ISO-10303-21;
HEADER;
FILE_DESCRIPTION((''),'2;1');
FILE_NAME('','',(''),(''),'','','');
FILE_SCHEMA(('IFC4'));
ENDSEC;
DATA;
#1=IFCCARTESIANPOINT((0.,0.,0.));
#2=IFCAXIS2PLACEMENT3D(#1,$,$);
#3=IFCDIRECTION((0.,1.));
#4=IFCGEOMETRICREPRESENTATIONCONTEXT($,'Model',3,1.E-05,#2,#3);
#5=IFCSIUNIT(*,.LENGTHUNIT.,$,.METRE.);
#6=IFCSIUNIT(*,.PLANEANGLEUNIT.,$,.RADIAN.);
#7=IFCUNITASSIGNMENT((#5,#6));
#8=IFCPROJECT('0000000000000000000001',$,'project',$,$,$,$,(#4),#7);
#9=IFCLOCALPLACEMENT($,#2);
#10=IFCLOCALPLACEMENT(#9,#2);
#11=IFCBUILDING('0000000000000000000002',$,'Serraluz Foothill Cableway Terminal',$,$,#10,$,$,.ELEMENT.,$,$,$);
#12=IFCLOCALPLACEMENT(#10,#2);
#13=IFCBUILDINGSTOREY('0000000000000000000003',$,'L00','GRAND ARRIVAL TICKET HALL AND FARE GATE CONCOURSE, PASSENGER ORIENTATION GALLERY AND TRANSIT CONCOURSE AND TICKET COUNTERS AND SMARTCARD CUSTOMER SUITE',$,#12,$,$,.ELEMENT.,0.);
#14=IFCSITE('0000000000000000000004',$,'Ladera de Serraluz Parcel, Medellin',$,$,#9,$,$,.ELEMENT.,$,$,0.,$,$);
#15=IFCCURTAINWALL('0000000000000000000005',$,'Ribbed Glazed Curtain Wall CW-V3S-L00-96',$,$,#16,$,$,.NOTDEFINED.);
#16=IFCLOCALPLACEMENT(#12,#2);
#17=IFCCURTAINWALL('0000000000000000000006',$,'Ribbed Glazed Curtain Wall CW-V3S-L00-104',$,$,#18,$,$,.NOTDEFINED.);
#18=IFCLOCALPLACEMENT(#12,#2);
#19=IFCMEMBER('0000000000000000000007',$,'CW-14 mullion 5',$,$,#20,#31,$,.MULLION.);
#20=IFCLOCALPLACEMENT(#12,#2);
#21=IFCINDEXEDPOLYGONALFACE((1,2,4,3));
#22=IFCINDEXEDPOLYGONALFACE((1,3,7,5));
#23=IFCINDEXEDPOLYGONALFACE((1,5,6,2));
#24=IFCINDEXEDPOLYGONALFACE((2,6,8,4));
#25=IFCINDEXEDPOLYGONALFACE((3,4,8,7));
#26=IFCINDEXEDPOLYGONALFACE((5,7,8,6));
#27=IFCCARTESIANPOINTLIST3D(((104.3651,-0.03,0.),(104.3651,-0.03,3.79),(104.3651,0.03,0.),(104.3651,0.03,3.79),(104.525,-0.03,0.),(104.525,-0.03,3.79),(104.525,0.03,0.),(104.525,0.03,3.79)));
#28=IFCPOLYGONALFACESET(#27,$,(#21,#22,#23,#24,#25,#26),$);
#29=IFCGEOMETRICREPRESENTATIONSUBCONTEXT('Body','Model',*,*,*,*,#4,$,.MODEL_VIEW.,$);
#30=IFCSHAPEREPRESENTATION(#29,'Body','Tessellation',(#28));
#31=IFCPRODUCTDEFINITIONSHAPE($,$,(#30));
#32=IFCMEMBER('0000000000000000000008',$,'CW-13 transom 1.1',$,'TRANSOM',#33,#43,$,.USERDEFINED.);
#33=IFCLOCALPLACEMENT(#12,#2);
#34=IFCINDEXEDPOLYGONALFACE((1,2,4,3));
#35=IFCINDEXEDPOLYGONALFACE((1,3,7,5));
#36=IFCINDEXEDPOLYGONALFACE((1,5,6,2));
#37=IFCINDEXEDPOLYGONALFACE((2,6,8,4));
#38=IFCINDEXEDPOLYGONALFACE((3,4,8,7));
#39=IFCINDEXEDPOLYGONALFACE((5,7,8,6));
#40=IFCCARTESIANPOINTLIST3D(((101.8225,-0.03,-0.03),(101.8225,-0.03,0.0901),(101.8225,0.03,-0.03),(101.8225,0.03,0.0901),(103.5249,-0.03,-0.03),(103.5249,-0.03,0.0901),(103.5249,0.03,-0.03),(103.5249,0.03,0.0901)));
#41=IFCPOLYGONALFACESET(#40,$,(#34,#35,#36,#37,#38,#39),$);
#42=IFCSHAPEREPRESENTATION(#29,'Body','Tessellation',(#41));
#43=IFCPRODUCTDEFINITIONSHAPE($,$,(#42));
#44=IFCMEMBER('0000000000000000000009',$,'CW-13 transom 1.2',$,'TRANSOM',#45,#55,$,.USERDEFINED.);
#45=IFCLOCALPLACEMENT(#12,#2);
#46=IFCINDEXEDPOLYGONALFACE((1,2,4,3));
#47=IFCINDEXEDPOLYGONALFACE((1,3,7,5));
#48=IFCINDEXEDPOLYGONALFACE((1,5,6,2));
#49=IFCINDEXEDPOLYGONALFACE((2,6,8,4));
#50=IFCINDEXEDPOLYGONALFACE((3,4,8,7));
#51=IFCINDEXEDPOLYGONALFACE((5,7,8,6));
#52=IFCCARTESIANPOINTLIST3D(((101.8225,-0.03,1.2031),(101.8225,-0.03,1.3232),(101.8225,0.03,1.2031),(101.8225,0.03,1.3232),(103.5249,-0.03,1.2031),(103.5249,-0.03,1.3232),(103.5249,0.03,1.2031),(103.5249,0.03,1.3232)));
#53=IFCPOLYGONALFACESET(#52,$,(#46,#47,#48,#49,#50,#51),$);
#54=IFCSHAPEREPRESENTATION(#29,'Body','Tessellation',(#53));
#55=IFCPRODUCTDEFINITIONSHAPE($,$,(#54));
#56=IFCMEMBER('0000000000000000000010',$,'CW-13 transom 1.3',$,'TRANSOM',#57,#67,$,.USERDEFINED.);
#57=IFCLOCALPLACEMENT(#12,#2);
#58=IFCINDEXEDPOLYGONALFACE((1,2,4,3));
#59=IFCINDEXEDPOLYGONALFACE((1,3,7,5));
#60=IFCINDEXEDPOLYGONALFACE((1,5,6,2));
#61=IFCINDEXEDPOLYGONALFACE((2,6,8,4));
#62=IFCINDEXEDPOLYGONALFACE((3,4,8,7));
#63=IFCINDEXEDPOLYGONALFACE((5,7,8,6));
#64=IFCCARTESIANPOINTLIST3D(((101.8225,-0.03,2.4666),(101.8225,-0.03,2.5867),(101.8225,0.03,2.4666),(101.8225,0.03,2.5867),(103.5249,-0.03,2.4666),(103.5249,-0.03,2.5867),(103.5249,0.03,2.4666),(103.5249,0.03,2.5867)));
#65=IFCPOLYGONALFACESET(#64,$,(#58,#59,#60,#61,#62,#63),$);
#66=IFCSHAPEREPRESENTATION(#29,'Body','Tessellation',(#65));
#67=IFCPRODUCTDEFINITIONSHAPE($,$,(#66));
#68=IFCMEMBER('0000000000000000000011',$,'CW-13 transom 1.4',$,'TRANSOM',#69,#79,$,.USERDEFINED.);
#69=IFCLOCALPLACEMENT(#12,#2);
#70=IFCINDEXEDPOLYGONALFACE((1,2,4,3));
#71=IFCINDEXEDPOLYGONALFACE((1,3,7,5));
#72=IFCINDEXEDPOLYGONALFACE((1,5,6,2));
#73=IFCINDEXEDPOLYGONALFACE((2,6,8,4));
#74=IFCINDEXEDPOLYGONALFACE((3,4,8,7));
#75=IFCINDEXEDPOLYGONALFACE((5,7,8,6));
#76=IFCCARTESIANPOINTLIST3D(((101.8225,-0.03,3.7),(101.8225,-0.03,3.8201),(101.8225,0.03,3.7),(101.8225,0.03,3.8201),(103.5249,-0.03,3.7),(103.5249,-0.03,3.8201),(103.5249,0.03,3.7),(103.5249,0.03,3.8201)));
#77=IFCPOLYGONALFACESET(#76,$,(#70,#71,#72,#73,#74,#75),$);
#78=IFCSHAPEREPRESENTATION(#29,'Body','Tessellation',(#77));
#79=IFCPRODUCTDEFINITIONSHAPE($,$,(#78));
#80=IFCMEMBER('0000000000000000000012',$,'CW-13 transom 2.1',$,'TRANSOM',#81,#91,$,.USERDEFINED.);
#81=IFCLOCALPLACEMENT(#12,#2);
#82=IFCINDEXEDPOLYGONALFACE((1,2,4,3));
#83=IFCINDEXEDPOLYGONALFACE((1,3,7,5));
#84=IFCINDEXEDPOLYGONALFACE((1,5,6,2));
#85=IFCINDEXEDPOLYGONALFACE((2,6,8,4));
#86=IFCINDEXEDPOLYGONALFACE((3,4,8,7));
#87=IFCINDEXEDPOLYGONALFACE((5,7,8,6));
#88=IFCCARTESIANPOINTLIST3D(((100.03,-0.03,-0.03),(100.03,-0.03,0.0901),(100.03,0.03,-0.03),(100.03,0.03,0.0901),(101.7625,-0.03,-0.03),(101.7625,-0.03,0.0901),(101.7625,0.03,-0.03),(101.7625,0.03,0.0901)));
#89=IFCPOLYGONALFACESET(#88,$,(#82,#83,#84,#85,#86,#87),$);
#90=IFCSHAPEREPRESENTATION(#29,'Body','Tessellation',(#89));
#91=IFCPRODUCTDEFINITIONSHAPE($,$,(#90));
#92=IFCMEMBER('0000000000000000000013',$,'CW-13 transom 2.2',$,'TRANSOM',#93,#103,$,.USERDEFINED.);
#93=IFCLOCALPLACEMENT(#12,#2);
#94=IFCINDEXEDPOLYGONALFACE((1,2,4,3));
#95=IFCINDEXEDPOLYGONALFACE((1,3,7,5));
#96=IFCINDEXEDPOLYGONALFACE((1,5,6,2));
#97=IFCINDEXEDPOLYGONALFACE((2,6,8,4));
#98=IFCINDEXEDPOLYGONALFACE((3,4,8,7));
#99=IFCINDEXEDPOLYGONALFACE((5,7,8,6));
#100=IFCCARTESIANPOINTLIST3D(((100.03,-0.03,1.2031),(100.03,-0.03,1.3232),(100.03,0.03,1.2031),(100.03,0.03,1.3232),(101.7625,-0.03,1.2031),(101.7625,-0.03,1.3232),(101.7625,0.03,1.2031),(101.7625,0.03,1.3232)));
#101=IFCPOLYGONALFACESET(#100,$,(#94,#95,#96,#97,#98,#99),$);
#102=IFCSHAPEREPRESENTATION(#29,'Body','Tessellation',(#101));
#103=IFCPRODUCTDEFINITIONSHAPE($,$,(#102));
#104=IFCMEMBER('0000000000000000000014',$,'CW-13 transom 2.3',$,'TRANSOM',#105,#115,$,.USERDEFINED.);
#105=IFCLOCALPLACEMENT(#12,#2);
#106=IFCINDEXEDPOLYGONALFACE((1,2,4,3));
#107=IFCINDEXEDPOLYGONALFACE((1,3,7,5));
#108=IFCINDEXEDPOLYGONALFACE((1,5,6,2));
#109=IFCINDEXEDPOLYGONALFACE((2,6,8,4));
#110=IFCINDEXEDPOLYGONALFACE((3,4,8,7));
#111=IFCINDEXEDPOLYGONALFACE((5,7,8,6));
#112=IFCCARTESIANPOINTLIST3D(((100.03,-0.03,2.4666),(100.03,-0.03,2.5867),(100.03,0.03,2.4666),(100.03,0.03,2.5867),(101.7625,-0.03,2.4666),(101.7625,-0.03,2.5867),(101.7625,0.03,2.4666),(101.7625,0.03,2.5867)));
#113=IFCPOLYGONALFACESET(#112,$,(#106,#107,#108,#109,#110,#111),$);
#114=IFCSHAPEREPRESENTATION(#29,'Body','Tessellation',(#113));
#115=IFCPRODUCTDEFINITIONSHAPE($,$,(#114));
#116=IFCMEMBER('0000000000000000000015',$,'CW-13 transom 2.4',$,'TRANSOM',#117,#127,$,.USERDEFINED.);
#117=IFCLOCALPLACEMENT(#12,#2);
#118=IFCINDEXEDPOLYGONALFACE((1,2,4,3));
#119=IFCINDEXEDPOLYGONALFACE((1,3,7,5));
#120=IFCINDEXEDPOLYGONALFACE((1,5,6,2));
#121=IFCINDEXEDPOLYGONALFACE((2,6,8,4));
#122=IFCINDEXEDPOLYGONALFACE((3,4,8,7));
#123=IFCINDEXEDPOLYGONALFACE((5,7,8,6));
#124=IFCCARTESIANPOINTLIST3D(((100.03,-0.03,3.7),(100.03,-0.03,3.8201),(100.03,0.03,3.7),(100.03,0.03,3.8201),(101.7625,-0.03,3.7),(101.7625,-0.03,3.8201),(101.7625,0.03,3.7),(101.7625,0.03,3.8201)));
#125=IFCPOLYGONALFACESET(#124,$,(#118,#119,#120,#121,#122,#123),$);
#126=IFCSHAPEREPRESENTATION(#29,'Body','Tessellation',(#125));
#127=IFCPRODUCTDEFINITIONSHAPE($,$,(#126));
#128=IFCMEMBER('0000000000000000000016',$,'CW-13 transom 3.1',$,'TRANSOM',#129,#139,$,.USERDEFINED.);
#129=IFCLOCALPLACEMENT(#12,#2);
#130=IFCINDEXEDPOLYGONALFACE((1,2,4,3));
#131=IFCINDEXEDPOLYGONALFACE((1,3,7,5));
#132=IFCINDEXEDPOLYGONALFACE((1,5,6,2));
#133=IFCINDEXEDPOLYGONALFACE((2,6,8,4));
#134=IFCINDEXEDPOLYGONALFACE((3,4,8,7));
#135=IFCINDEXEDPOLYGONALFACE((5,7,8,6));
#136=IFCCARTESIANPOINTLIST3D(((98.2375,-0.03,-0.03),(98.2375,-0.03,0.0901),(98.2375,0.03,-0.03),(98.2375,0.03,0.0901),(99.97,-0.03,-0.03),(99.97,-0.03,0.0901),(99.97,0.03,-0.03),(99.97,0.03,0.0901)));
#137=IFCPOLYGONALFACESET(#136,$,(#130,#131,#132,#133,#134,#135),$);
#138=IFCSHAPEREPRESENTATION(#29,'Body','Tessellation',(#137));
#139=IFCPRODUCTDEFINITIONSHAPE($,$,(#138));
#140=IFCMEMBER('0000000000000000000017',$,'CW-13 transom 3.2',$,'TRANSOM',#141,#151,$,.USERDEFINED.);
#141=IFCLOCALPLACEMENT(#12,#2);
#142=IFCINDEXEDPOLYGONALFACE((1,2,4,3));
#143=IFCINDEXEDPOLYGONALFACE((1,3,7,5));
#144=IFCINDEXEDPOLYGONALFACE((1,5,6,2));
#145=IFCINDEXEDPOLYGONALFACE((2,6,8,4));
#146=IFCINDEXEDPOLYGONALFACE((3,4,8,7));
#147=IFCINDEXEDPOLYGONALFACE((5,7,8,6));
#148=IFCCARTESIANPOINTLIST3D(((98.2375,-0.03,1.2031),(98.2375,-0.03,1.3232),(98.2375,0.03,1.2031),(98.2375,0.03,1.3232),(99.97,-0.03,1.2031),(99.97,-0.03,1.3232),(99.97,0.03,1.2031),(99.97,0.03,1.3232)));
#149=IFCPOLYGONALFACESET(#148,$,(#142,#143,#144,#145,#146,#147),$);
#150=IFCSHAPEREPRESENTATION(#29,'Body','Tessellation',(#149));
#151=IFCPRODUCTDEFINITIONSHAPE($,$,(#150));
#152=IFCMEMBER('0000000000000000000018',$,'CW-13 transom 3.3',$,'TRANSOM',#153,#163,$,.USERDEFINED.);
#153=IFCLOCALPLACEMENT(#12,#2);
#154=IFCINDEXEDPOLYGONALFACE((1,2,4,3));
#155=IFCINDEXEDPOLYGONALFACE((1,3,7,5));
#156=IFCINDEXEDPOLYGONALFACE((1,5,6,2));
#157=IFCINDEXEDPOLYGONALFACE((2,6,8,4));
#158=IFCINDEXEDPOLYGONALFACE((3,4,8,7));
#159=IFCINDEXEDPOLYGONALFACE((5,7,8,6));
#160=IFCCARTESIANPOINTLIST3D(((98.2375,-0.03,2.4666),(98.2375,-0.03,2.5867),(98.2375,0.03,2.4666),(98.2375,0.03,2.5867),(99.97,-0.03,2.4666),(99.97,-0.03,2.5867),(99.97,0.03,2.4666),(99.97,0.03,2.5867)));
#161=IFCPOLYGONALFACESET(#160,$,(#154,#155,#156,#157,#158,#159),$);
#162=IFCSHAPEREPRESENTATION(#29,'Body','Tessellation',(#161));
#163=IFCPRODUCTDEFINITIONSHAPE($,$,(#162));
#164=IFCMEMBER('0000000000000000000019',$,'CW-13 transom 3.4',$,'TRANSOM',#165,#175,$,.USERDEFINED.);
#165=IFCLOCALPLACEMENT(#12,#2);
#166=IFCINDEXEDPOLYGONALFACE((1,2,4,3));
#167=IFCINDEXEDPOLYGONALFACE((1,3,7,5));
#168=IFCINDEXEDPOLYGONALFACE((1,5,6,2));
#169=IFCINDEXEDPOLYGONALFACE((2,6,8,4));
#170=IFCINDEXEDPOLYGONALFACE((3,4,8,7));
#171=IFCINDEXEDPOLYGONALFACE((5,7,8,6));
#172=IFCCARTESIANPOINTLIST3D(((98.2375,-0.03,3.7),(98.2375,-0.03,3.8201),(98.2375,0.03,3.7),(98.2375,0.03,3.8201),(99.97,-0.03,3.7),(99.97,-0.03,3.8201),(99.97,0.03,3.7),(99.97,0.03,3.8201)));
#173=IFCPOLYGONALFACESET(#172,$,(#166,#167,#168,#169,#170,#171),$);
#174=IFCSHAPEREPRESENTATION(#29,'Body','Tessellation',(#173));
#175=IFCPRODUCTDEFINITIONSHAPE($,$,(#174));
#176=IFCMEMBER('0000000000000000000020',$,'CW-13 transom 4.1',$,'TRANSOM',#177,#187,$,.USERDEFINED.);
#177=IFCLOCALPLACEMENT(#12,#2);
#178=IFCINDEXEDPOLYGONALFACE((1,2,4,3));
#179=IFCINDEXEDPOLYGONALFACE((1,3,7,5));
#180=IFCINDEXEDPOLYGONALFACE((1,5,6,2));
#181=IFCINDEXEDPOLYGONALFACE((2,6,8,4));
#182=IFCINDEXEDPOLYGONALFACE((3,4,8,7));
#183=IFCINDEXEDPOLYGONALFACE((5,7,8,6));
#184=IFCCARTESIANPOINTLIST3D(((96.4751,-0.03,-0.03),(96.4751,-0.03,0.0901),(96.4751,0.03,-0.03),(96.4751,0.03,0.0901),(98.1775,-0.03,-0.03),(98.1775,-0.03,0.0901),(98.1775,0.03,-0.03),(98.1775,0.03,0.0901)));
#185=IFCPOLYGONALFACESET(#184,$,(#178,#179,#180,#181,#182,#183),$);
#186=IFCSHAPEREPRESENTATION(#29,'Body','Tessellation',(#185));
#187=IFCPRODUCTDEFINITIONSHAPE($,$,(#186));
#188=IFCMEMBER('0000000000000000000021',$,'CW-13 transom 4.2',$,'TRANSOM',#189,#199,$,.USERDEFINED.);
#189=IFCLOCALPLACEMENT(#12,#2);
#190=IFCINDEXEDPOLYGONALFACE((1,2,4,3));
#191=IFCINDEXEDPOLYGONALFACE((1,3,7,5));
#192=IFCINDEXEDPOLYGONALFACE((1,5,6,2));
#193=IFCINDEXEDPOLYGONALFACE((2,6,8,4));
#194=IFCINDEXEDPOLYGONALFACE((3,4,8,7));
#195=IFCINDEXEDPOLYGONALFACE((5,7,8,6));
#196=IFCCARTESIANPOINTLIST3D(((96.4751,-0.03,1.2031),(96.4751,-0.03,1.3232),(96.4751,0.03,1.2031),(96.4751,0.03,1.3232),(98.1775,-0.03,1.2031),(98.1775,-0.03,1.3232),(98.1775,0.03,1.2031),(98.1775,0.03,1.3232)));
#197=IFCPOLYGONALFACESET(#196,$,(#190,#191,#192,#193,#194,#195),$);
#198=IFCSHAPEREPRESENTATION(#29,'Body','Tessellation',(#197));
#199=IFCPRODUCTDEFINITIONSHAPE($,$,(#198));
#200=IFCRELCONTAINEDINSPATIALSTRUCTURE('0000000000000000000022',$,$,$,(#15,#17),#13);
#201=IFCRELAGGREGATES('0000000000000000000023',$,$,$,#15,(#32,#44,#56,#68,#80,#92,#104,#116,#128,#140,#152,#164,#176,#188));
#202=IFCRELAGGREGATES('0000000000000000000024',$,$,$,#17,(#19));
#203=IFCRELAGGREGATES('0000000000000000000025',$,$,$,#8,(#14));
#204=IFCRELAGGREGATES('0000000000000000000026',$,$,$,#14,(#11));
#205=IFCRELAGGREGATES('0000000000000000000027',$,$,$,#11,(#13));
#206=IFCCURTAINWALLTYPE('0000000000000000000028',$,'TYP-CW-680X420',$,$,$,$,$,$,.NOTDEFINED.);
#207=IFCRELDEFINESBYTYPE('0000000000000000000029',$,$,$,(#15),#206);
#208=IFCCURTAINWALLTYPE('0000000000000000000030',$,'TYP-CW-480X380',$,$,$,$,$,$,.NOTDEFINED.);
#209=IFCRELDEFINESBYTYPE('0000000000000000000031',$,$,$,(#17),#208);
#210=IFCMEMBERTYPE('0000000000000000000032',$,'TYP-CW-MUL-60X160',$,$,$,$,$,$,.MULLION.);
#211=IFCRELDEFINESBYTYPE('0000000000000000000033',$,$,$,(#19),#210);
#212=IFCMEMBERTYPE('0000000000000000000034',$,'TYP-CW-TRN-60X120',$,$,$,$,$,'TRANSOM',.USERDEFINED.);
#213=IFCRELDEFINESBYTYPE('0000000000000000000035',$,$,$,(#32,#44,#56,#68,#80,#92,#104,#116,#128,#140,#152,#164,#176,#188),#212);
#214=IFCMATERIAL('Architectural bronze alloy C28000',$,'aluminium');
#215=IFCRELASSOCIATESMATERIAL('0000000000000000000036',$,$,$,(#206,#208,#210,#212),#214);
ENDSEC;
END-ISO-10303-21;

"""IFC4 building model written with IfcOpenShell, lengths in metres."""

from ifc_helpers import new_model, si_unit, direction, frame, origin, origin_2d, place, context, subcontext, project, spatial, rectangle, extrude, material, material_profile, profile_set, type_object, element, aggregate, save


model = new_model("IFC4")

# Units and contexts
model_context = context("Model", 3, precision=1e-05, world=origin(), true_north=direction((0.0, 1.0)))
body_context = subcontext(model_context, "Body", "Model", "MODEL_VIEW")
ifc_project = project(units=[si_unit("LENGTHUNIT", "METRE"), si_unit("PLANEANGLEUNIT", "RADIAN")], contexts=[model_context])

# Site, building, storey
site_placement = place(None, origin())
site = spatial("IfcSite", under=ifc_project, at=site_placement, Name="Ladera de Serraluz Parcel, Medellin", CompositionType="ELEMENT", RefElevation=0.0)
building_placement = place(site_placement, origin())
building = spatial("IfcBuilding", under=site, at=building_placement, Name="Serraluz Foothill Cableway Terminal", CompositionType="ELEMENT")
storey_placement = place(building_placement, origin())
storey = spatial("IfcBuildingStorey", under=building, at=storey_placement, Name="L00", Description="GRAND ARRIVAL TICKET HALL AND FARE GATE CONCOURSE, PASSENGER ORIENTATION GALLERY AND TRANSIT CONCOURSE AND TICKET COUNTERS AND SMARTCARD CUSTOMER SUITE", CompositionType="ELEMENT", Elevation=0.0)

# Curtain wall
ifc_material_1 = material(Name="Architectural bronze alloy C28000", Category="aluminium")
curtain_wall_type_1 = type_object("IfcCurtainWallType", Name="TYP-CW-680X420", PredefinedType="NOTDEFINED", material=ifc_material_1)
curtain_wall_1_placement = place(storey_placement, origin())
curtain_wall_1 = element("IfcCurtainWall", 1, at=curtain_wall_1_placement, inside=storey, type_object=curtain_wall_type_1, Name="Ribbed Glazed Curtain Wall CW-V3S-L00-96", PredefinedType="NOTDEFINED")
ifc_material_profile_1 = material_profile(ifc_material_1, rectangle(XDim=0.0601, YDim=0.1599, at=origin_2d()), Name="ALU MULLION 60x160")
ifc_profile_set_1 = profile_set([ifc_material_profile_1], Name="Architectural bronze alloy C28000")
member_type_1 = type_object("IfcMemberType", Name="TYP-CW-MUL-60X160", PredefinedType="MULLION", material=ifc_profile_set_1)

# Curtain wall, member
curtain_wall_type_2 = type_object("IfcCurtainWallType", Name="TYP-CW-480X380", PredefinedType="NOTDEFINED", material=ifc_material_1)
curtain_wall_2_placement = place(storey_placement, origin())
curtain_wall_2 = element("IfcCurtainWall", 2, at=curtain_wall_2_placement, inside=storey, type_object=curtain_wall_type_2, Name="Ribbed Glazed Curtain Wall CW-V3S-L00-104", PredefinedType="NOTDEFINED")
member_1_placement = place(storey_placement, frame((104.4451, 0.0, 0.0), z_axis=(0.0, 0.0, 1.0), x_axis=(0.0, -1.0, 0.0)))
member_1 = element("IfcMember", 3, at=member_1_placement, type_object=member_type_1, Name="CW-14 mullion 5", PredefinedType="MULLION", context=body_context, shape_type="SweptSolid", body=[
    extrude(rectangle(XDim=0.0601, YDim=0.1599, at=origin_2d()), origin(), (0.0, 0.0, 1.0), 3.79),
])

# Members
ifc_material_profile_2 = material_profile(ifc_material_1, rectangle(XDim=0.0601, YDim=0.1201, at=origin_2d()), Name="ALU TRANSOM 60x120")
ifc_profile_set_2 = profile_set([ifc_material_profile_2], Name="Architectural bronze alloy C28000")
member_type_2 = type_object("IfcMemberType", Name="TYP-CW-TRN-60X120", ElementType="TRANSOM", PredefinedType="USERDEFINED", material=ifc_profile_set_2)
member_2_placement = place(storey_placement, frame((103.5249, 0.0, 0.03), z_axis=(-1.0, 0.0, 0.0), x_axis=(0.0, -1.0, 0.0)))
member_2 = element("IfcMember", 4, at=member_2_placement, type_object=member_type_2, Name="CW-13 transom 1.1", ObjectType="TRANSOM", PredefinedType="USERDEFINED", context=body_context, shape_type="SweptSolid", body=[
    extrude(rectangle(XDim=0.0601, YDim=0.1201, at=origin_2d()), origin(), (0.0, 0.0, 1.0), 1.7024),
])
member_3_placement = place(storey_placement, frame((103.5249, 0.0, 1.2632), z_axis=(-1.0, 0.0, 0.0), x_axis=(0.0, -1.0, 0.0)))
member_3 = element("IfcMember", 5, at=member_3_placement, type_object=member_type_2, Name="CW-13 transom 1.2", ObjectType="TRANSOM", PredefinedType="USERDEFINED", context=body_context, shape_type="SweptSolid", body=[
    extrude(rectangle(XDim=0.0601, YDim=0.1201, at=origin_2d()), origin(), (0.0, 0.0, 1.0), 1.7024),
])
member_4_placement = place(storey_placement, frame((103.5249, 0.0, 2.5266), z_axis=(-1.0, 0.0, 0.0), x_axis=(0.0, -1.0, 0.0)))
member_4 = element("IfcMember", 6, at=member_4_placement, type_object=member_type_2, Name="CW-13 transom 1.3", ObjectType="TRANSOM", PredefinedType="USERDEFINED", context=body_context, shape_type="SweptSolid", body=[
    extrude(rectangle(XDim=0.0601, YDim=0.1201, at=origin_2d()), origin(), (0.0, 0.0, 1.0), 1.7024),
])
member_5_placement = place(storey_placement, frame((103.5249, 0.0, 3.76), z_axis=(-1.0, 0.0, 0.0), x_axis=(0.0, -1.0, 0.0)))
member_5 = element("IfcMember", 7, at=member_5_placement, type_object=member_type_2, Name="CW-13 transom 1.4", ObjectType="TRANSOM", PredefinedType="USERDEFINED", context=body_context, shape_type="SweptSolid", body=[
    extrude(rectangle(XDim=0.0601, YDim=0.1201, at=origin_2d()), origin(), (0.0, 0.0, 1.0), 1.7024),
])
member_6_placement = place(storey_placement, frame((101.7625, 0.0, 0.03), z_axis=(-1.0, 0.0, 0.0), x_axis=(0.0, -1.0, 0.0)))
member_6 = element("IfcMember", 8, at=member_6_placement, type_object=member_type_2, Name="CW-13 transom 2.1", ObjectType="TRANSOM", PredefinedType="USERDEFINED", context=body_context, shape_type="SweptSolid", body=[
    extrude(rectangle(XDim=0.0601, YDim=0.1201, at=origin_2d()), origin(), (0.0, 0.0, 1.0), 1.7324),
])
member_7_placement = place(storey_placement, frame((101.7625, 0.0, 1.2632), z_axis=(-1.0, 0.0, 0.0), x_axis=(0.0, -1.0, 0.0)))
member_7 = element("IfcMember", 9, at=member_7_placement, type_object=member_type_2, Name="CW-13 transom 2.2", ObjectType="TRANSOM", PredefinedType="USERDEFINED", context=body_context, shape_type="SweptSolid", body=[
    extrude(rectangle(XDim=0.0601, YDim=0.1201, at=origin_2d()), origin(), (0.0, 0.0, 1.0), 1.7324),
])
member_8_placement = place(storey_placement, frame((101.7625, 0.0, 2.5266), z_axis=(-1.0, 0.0, 0.0), x_axis=(0.0, -1.0, 0.0)))
member_8 = element("IfcMember", 10, at=member_8_placement, type_object=member_type_2, Name="CW-13 transom 2.3", ObjectType="TRANSOM", PredefinedType="USERDEFINED", context=body_context, shape_type="SweptSolid", body=[
    extrude(rectangle(XDim=0.0601, YDim=0.1201, at=origin_2d()), origin(), (0.0, 0.0, 1.0), 1.7324),
])
member_9_placement = place(storey_placement, frame((101.7625, 0.0, 3.76), z_axis=(-1.0, 0.0, 0.0), x_axis=(0.0, -1.0, 0.0)))
member_9 = element("IfcMember", 11, at=member_9_placement, type_object=member_type_2, Name="CW-13 transom 2.4", ObjectType="TRANSOM", PredefinedType="USERDEFINED", context=body_context, shape_type="SweptSolid", body=[
    extrude(rectangle(XDim=0.0601, YDim=0.1201, at=origin_2d()), origin(), (0.0, 0.0, 1.0), 1.7324),
])
member_10_placement = place(storey_placement, frame((99.97, 0.0, 0.03), z_axis=(-1.0, 0.0, 0.0), x_axis=(0.0, -1.0, 0.0)))
member_10 = element("IfcMember", 12, at=member_10_placement, type_object=member_type_2, Name="CW-13 transom 3.1", ObjectType="TRANSOM", PredefinedType="USERDEFINED", context=body_context, shape_type="SweptSolid", body=[
    extrude(rectangle(XDim=0.0601, YDim=0.1201, at=origin_2d()), origin(), (0.0, 0.0, 1.0), 1.7324),
])
member_11_placement = place(storey_placement, frame((99.97, 0.0, 1.2632), z_axis=(-1.0, 0.0, 0.0), x_axis=(0.0, -1.0, 0.0)))
member_11 = element("IfcMember", 13, at=member_11_placement, type_object=member_type_2, Name="CW-13 transom 3.2", ObjectType="TRANSOM", PredefinedType="USERDEFINED", context=body_context, shape_type="SweptSolid", body=[
    extrude(rectangle(XDim=0.0601, YDim=0.1201, at=origin_2d()), origin(), (0.0, 0.0, 1.0), 1.7324),
])
member_12_placement = place(storey_placement, frame((99.97, 0.0, 2.5266), z_axis=(-1.0, 0.0, 0.0), x_axis=(0.0, -1.0, 0.0)))
member_12 = element("IfcMember", 14, at=member_12_placement, type_object=member_type_2, Name="CW-13 transom 3.3", ObjectType="TRANSOM", PredefinedType="USERDEFINED", context=body_context, shape_type="SweptSolid", body=[
    extrude(rectangle(XDim=0.0601, YDim=0.1201, at=origin_2d()), origin(), (0.0, 0.0, 1.0), 1.7324),
])
member_13_placement = place(storey_placement, frame((99.97, 0.0, 3.76), z_axis=(-1.0, 0.0, 0.0), x_axis=(0.0, -1.0, 0.0)))
member_13 = element("IfcMember", 15, at=member_13_placement, type_object=member_type_2, Name="CW-13 transom 3.4", ObjectType="TRANSOM", PredefinedType="USERDEFINED", context=body_context, shape_type="SweptSolid", body=[
    extrude(rectangle(XDim=0.0601, YDim=0.1201, at=origin_2d()), origin(), (0.0, 0.0, 1.0), 1.7324),
])
member_14_placement = place(storey_placement, frame((98.1775, 0.0, 0.03), z_axis=(-1.0, 0.0, 0.0), x_axis=(0.0, -1.0, 0.0)))
member_14 = element("IfcMember", 16, at=member_14_placement, type_object=member_type_2, Name="CW-13 transom 4.1", ObjectType="TRANSOM", PredefinedType="USERDEFINED", context=body_context, shape_type="SweptSolid", body=[
    extrude(rectangle(XDim=0.0601, YDim=0.1201, at=origin_2d()), origin(), (0.0, 0.0, 1.0), 1.7024),
])
member_15_placement = place(storey_placement, frame((98.1775, 0.0, 1.2632), z_axis=(-1.0, 0.0, 0.0), x_axis=(0.0, -1.0, 0.0)))
member_15 = element("IfcMember", 17, at=member_15_placement, type_object=member_type_2, Name="CW-13 transom 4.2", ObjectType="TRANSOM", PredefinedType="USERDEFINED", context=body_context, shape_type="SweptSolid", body=[
    extrude(rectangle(XDim=0.0601, YDim=0.1201, at=origin_2d()), origin(), (0.0, 0.0, 1.0), 1.7024),
])

aggregate(curtain_wall_1, [member_2, member_3, member_4, member_5, member_6, member_7, member_8, member_9, member_10, member_11, member_12, member_13, member_14, member_15])
aggregate(curtain_wall_2, [member_1])

save(model, "model.ifc")
